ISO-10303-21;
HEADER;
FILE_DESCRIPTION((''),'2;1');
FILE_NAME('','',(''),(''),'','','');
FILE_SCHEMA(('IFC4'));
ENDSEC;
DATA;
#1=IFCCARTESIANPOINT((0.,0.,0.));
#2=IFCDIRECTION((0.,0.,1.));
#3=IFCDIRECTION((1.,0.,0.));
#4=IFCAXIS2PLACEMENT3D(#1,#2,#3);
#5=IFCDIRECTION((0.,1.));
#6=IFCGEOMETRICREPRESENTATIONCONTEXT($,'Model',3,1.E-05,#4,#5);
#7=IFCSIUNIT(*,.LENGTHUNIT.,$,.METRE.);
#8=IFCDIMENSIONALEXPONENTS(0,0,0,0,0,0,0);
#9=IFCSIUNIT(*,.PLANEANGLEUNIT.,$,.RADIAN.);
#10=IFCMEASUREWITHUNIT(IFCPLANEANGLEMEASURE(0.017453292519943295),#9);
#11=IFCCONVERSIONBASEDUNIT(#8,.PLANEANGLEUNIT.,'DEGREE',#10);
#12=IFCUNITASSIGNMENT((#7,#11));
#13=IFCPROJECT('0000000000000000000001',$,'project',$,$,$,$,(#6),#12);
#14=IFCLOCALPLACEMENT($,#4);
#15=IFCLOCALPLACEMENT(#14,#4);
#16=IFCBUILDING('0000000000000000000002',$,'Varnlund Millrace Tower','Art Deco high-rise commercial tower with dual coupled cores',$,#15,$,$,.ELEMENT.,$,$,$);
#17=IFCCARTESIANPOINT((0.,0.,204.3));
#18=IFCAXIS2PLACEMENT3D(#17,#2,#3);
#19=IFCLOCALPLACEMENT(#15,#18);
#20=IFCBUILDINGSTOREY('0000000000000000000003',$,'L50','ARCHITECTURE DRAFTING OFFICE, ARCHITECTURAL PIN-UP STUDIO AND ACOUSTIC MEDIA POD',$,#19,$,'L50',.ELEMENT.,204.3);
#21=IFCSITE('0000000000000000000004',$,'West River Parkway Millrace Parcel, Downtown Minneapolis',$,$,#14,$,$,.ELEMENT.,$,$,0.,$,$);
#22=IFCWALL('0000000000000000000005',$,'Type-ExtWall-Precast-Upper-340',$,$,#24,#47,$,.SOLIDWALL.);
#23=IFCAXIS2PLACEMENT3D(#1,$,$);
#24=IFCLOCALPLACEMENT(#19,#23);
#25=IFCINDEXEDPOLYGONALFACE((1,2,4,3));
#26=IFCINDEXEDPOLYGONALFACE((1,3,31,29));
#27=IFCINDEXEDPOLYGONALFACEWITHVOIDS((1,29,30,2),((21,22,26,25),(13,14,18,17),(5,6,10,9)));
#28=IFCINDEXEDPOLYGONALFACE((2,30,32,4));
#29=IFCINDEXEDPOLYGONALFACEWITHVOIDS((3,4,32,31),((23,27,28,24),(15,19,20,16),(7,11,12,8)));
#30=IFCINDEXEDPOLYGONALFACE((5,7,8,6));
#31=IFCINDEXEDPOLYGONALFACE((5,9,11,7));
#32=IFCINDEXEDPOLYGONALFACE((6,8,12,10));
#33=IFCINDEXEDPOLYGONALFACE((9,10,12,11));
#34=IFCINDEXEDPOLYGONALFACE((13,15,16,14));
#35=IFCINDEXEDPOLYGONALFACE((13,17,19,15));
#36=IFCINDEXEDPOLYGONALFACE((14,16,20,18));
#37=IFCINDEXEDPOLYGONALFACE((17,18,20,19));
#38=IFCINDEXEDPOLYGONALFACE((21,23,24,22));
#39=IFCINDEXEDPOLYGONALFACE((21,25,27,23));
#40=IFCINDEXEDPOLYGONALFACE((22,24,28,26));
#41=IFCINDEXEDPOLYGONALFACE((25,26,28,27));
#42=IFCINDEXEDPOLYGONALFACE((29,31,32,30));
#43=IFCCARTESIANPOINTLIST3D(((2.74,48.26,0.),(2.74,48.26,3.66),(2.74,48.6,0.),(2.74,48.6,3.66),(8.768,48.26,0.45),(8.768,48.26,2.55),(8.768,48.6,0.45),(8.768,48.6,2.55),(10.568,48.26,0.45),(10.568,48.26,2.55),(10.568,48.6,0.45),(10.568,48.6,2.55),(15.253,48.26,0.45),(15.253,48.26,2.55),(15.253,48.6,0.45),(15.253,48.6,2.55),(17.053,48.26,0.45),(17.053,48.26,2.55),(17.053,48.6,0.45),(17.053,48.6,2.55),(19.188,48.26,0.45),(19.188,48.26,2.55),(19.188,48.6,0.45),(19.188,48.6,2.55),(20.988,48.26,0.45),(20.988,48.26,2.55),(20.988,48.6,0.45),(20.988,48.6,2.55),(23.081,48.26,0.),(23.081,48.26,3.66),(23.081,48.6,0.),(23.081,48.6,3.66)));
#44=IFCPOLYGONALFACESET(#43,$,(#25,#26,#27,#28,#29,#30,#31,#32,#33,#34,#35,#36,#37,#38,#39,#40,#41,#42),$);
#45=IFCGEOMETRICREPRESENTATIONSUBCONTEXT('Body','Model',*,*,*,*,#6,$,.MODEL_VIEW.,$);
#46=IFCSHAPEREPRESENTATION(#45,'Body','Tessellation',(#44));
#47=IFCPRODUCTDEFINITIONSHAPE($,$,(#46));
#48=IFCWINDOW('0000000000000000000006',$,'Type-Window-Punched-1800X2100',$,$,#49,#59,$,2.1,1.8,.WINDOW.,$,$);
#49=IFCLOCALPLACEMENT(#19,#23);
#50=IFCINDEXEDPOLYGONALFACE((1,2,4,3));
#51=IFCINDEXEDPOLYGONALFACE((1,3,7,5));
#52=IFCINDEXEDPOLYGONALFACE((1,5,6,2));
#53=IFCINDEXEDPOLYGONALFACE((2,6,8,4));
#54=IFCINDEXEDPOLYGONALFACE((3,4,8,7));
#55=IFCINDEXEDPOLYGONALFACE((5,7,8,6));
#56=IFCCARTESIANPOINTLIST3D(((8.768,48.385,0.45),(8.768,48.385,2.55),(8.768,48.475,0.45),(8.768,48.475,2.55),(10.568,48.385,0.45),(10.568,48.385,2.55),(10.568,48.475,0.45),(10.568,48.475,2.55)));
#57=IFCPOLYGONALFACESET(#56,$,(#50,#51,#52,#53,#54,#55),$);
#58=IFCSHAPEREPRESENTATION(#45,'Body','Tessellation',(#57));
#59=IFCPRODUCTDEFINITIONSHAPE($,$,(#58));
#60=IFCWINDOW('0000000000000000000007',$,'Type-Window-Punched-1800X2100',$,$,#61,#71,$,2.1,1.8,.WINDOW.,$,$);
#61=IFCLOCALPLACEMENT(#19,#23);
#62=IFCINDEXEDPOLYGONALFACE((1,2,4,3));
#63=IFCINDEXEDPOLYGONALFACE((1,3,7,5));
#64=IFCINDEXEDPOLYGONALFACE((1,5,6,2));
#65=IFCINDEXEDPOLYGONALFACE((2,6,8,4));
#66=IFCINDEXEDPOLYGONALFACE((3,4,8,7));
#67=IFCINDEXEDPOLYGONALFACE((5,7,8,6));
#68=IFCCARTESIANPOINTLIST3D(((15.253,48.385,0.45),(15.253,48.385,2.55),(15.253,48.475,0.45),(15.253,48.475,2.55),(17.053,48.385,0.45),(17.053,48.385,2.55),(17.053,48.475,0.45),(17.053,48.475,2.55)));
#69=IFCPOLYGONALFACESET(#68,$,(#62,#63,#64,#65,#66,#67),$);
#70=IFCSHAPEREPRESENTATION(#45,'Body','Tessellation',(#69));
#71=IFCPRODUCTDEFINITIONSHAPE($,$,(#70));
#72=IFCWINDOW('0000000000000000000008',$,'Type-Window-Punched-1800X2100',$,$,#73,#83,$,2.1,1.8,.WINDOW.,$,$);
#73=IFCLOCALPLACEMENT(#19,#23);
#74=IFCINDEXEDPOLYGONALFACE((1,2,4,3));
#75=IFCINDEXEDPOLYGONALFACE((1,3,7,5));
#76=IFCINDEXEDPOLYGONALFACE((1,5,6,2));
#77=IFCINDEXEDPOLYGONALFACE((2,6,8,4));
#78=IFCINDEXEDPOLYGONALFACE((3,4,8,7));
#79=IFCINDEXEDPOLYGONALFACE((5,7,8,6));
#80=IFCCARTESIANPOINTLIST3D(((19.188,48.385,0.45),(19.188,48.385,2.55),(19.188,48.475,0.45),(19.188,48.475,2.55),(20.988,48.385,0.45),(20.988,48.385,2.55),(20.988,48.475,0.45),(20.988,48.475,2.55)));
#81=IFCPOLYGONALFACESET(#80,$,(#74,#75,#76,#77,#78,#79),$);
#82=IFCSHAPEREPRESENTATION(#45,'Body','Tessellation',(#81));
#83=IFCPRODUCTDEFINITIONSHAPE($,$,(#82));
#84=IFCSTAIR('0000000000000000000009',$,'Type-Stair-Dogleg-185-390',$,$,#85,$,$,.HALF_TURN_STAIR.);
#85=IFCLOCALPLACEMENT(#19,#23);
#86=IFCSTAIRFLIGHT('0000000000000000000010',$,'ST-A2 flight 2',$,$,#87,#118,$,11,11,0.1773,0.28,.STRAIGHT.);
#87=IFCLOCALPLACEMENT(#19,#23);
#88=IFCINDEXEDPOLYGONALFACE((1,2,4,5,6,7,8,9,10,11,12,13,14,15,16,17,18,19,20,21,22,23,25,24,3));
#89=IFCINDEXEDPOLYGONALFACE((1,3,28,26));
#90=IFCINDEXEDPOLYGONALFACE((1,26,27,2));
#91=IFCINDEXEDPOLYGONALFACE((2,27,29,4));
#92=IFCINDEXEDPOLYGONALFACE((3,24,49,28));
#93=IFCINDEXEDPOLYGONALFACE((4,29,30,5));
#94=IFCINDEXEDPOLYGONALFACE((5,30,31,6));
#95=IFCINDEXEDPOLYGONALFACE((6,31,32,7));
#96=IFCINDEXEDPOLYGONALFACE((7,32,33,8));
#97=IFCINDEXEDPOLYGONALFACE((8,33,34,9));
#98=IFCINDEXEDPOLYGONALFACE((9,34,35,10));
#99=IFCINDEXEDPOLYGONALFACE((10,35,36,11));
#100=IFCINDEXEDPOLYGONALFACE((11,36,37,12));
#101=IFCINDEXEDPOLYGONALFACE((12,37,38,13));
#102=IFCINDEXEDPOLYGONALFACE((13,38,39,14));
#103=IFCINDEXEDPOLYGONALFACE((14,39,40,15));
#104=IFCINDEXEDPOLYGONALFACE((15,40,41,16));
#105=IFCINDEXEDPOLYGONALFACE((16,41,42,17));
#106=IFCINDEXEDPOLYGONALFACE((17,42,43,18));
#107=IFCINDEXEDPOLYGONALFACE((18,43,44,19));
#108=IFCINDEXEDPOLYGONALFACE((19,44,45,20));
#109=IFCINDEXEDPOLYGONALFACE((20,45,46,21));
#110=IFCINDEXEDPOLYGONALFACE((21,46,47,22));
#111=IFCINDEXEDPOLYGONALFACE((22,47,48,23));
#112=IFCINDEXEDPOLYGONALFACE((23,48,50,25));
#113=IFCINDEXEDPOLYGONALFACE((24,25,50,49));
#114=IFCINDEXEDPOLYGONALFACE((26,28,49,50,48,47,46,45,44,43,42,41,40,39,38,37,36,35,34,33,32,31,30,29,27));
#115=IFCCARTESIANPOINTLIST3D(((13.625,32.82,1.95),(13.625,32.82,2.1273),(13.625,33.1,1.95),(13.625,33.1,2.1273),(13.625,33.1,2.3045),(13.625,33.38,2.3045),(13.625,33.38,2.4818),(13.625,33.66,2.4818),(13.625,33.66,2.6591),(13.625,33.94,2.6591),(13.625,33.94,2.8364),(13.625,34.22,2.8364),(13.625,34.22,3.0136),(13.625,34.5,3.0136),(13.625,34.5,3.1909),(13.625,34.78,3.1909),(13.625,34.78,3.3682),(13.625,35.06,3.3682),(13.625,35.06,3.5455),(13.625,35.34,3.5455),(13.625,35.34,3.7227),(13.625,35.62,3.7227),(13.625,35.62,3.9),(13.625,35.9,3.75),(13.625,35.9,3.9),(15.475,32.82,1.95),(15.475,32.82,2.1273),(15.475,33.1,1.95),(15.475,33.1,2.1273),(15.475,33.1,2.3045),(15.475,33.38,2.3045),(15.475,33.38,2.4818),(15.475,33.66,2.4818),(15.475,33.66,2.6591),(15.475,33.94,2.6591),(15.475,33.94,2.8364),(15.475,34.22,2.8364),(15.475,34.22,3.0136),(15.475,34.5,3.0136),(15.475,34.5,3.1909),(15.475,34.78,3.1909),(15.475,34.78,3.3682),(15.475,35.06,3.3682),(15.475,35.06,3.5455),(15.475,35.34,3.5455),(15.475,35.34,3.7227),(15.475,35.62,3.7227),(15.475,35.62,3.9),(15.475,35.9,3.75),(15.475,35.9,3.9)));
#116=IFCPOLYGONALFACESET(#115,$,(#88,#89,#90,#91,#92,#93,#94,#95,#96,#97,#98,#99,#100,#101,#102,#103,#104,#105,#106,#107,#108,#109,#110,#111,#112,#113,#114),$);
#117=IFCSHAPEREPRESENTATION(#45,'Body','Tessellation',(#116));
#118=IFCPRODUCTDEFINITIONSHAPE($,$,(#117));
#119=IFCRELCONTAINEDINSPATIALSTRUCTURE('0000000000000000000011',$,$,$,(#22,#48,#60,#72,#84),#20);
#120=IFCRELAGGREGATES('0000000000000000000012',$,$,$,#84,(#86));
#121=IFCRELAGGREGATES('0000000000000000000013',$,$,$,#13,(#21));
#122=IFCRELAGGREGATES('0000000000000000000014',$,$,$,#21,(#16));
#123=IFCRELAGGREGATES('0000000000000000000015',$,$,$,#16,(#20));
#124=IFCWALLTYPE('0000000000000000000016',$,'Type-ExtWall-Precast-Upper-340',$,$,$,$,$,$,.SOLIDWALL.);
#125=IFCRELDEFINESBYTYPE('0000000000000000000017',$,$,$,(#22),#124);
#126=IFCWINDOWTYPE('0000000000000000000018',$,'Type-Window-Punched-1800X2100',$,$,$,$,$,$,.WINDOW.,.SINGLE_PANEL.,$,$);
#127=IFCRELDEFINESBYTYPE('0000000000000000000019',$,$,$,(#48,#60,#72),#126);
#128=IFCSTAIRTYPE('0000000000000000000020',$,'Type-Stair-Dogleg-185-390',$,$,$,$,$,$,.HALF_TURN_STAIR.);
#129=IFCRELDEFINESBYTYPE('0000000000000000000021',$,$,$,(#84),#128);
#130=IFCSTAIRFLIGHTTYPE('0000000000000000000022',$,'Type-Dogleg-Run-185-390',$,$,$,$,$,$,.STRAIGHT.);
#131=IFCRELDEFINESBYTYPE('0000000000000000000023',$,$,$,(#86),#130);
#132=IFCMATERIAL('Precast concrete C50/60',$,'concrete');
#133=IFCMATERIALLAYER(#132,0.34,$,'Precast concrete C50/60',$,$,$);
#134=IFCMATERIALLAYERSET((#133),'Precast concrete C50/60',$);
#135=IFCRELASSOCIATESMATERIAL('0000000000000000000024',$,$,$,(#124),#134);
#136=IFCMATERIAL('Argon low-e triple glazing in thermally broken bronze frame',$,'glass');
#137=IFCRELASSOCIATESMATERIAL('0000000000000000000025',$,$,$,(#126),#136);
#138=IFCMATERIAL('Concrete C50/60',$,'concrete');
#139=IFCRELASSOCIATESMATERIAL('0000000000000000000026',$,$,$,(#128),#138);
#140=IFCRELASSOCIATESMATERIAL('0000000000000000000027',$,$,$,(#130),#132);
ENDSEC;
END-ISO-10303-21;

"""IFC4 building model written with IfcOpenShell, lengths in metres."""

from ifc_helpers import new_model, entity, si_unit, converted_unit, direction, frame, origin_with_axes, origin_2d_with_axis, place, context, subcontext, project, spatial, polyline, rectangle, outline, extrude, material, layer, layer_set, type_object, element, fill, aggregate, save


model = new_model("IFC4")

# Units and contexts
model_context = context("Model", 3, precision=1e-05, world=origin_with_axes(), true_north=direction((0.0, 1.0)))
body_context = subcontext(model_context, "Body", "Model", "MODEL_VIEW")
ifc_project = project(units=[si_unit("LENGTHUNIT", "METRE"), converted_unit("PLANEANGLEUNIT", "DEGREE", entity("IfcPlaneAngleMeasure", 0.017453292519943295), si_unit("PLANEANGLEUNIT", "RADIAN"), dimensions=[0, 0, 0, 0, 0, 0, 0])], contexts=[model_context])

# Site, building, storey
site_placement = place(None, origin_with_axes())
site = spatial("IfcSite", under=ifc_project, at=site_placement, Name="West River Parkway Millrace Parcel, Downtown Minneapolis", CompositionType="ELEMENT", RefElevation=0.0)
building_placement = place(site_placement, origin_with_axes())
building = spatial("IfcBuilding", under=site, at=building_placement, Name="Varnlund Millrace Tower", Description="Art Deco high-rise commercial tower with dual coupled cores", CompositionType="ELEMENT")
storey_placement = place(building_placement, frame((0.0, 0.0, 204.3), z_axis=(0.0, 0.0, 1.0), x_axis=(1.0, 0.0, 0.0)))
storey = spatial("IfcBuildingStorey", under=building, at=storey_placement, Name="L50", Description="ARCHITECTURE DRAFTING OFFICE, ARCHITECTURAL PIN-UP STUDIO AND ACOUSTIC MEDIA POD", LongName="L50", CompositionType="ELEMENT", Elevation=204.3)

# Shared definitions
ifc_material_1 = material(Name="Precast concrete C50/60", Category="concrete")
ifc_layer = layer(ifc_material_1, 0.34, Name="Precast concrete C50/60")
ifc_layer_set = layer_set([ifc_layer], Name="Precast concrete C50/60")
wall_type = type_object("IfcWallType", Name="Type-ExtWall-Precast-Upper-340", PredefinedType="SOLIDWALL", material=ifc_layer_set)

# Wall, openings, windows
wall_1_placement = place(storey_placement, frame((2.74, 48.43, 0.0), z_axis=(0.0, 0.0, 1.0), x_axis=(1.0, 0.0, 0.0)))
wall_1 = element("IfcWall", 1, at=wall_1_placement, inside=storey, type_object=wall_type, Name="Type-ExtWall-Precast-Upper-340", PredefinedType="SOLIDWALL", context=body_context, shape_type="SweptSolid", body=[
    extrude(outline(polyline([(0.0, -0.17), (20.341, -0.17), (20.341, 0.17), (0.0, 0.17), (0.0, -0.17)])), origin_with_axes(), (0.0, 0.0, 1.0), 3.66),
])
opening_1_placement = place(wall_1_placement, frame((6.928, 0.0, 0.45), z_axis=(0.0, 0.0, 1.0), x_axis=(1.0, 0.0, 0.0)))
opening_1 = element("IfcOpeningElement", 2, at=opening_1_placement, cuts=wall_1, PredefinedType="OPENING", context=body_context, shape_type="SweptSolid", body=[
    extrude(rectangle(XDim=1.8, YDim=0.36, at=origin_2d_with_axis()), origin_with_axes(), (0.0, 0.0, 1.0), 2.1),
])
opening_2_placement = place(wall_1_placement, frame((13.413, 0.0, 0.45), z_axis=(0.0, 0.0, 1.0), x_axis=(1.0, 0.0, 0.0)))
opening_2 = element("IfcOpeningElement", 3, at=opening_2_placement, cuts=wall_1, PredefinedType="OPENING", context=body_context, shape_type="SweptSolid", body=[
    extrude(rectangle(XDim=1.8, YDim=0.36, at=origin_2d_with_axis()), origin_with_axes(), (0.0, 0.0, 1.0), 2.1),
])
opening_3_placement = place(wall_1_placement, frame((17.348, 0.0, 0.45), z_axis=(0.0, 0.0, 1.0), x_axis=(1.0, 0.0, 0.0)))
opening_3 = element("IfcOpeningElement", 4, at=opening_3_placement, cuts=wall_1, PredefinedType="OPENING", context=body_context, shape_type="SweptSolid", body=[
    extrude(rectangle(XDim=1.8, YDim=0.36, at=origin_2d_with_axis()), origin_with_axes(), (0.0, 0.0, 1.0), 2.1),
])
ifc_material_2 = material(Name="Argon low-e triple glazing in thermally broken bronze frame", Category="glass")
window_type = type_object("IfcWindowType", Name="Type-Window-Punched-1800X2100", PartitioningType="SINGLE_PANEL", PredefinedType="WINDOW", material=ifc_material_2)
window_1_placement = place(wall_1_placement, frame((6.928, 0.0, 0.45), z_axis=(0.0, 0.0, 1.0), x_axis=(1.0, 0.0, 0.0)))
window_1 = element("IfcWindow", 5, at=window_1_placement, inside=storey, type_object=window_type, Name="Type-Window-Punched-1800X2100", OverallHeight=2.1, OverallWidth=1.8, PredefinedType="WINDOW", context=body_context, shape_type="SweptSolid", body=[
    extrude(rectangle(XDim=1.8, YDim=0.09, at=origin_2d_with_axis()), origin_with_axes(), (0.0, 0.0, 1.0), 2.1),
])
fill(opening_1, window_1)
window_2_placement = place(wall_1_placement, frame((13.413, 0.0, 0.45), z_axis=(0.0, 0.0, 1.0), x_axis=(1.0, 0.0, 0.0)))
window_2 = element("IfcWindow", 6, at=window_2_placement, inside=storey, type_object=window_type, Name="Type-Window-Punched-1800X2100", OverallHeight=2.1, OverallWidth=1.8, PredefinedType="WINDOW", context=body_context, shape_type="SweptSolid", body=[
    extrude(rectangle(XDim=1.8, YDim=0.09, at=origin_2d_with_axis()), origin_with_axes(), (0.0, 0.0, 1.0), 2.1),
])
fill(opening_2, window_2)
window_3_placement = place(wall_1_placement, frame((17.348, 0.0, 0.45), z_axis=(0.0, 0.0, 1.0), x_axis=(1.0, 0.0, 0.0)))
window_3 = element("IfcWindow", 7, at=window_3_placement, inside=storey, type_object=window_type, Name="Type-Window-Punched-1800X2100", OverallHeight=2.1, OverallWidth=1.8, PredefinedType="WINDOW", context=body_context, shape_type="SweptSolid", body=[
    extrude(rectangle(XDim=1.8, YDim=0.09, at=origin_2d_with_axis()), origin_with_axes(), (0.0, 0.0, 1.0), 2.1),
])
fill(opening_3, window_3)

# Stair, stair flight
ifc_material_3 = material(Name="Concrete C50/60", Category="concrete")
stair_type = type_object("IfcStairType", Name="Type-Stair-Dogleg-185-390", PredefinedType="HALF_TURN_STAIR", material=ifc_material_3)
stair_placement = place(storey_placement, origin_with_axes())
stair = element("IfcStair", 8, at=stair_placement, inside=storey, type_object=stair_type, Name="Type-Stair-Dogleg-185-390", PredefinedType="HALF_TURN_STAIR")
stair_flight_type = type_object("IfcStairFlightType", Name="Type-Dogleg-Run-185-390", PredefinedType="STRAIGHT", material=ifc_material_1)
stair_flight_placement = place(storey_placement, frame((13.625, 32.82, 1.95), z_axis=(1.0, 0.0, 0.0), x_axis=(0.0, 1.0, 0.0)))
stair_flight = element("IfcStairFlight", 9, at=stair_flight_placement, type_object=stair_flight_type, Name="ST-A2 flight 2", NumberOfRisers=11, NumberOfTreads=11, PredefinedType="STRAIGHT", RiserHeight=0.1773, TreadLength=0.28, context=body_context, shape_type="SweptSolid", body=[
    extrude(outline(polyline([(0.0, 0.0), (0.0, 0.1773), (0.28, 0.1773), (0.28, 0.3545), (0.56, 0.3545), (0.56, 0.5318), (0.84, 0.5318), (0.84, 0.7091), (1.12, 0.7091), (1.12, 0.8864), (1.4, 0.8864), (1.4, 1.0636), (1.68, 1.0636), (1.68, 1.2409), (1.96, 1.2409), (1.96, 1.4182), (2.24, 1.4182), (2.24, 1.5955), (2.52, 1.5955), (2.52, 1.7727), (2.8, 1.7727), (2.8, 1.95), (3.08, 1.95), (3.08, 1.8), (0.28, 0.0), (0.0, 0.0)])), origin_with_axes(), (0.0, 0.0, 1.0), 1.85),
])
aggregate(stair, [stair_flight])

save(model, "model.ifc")
